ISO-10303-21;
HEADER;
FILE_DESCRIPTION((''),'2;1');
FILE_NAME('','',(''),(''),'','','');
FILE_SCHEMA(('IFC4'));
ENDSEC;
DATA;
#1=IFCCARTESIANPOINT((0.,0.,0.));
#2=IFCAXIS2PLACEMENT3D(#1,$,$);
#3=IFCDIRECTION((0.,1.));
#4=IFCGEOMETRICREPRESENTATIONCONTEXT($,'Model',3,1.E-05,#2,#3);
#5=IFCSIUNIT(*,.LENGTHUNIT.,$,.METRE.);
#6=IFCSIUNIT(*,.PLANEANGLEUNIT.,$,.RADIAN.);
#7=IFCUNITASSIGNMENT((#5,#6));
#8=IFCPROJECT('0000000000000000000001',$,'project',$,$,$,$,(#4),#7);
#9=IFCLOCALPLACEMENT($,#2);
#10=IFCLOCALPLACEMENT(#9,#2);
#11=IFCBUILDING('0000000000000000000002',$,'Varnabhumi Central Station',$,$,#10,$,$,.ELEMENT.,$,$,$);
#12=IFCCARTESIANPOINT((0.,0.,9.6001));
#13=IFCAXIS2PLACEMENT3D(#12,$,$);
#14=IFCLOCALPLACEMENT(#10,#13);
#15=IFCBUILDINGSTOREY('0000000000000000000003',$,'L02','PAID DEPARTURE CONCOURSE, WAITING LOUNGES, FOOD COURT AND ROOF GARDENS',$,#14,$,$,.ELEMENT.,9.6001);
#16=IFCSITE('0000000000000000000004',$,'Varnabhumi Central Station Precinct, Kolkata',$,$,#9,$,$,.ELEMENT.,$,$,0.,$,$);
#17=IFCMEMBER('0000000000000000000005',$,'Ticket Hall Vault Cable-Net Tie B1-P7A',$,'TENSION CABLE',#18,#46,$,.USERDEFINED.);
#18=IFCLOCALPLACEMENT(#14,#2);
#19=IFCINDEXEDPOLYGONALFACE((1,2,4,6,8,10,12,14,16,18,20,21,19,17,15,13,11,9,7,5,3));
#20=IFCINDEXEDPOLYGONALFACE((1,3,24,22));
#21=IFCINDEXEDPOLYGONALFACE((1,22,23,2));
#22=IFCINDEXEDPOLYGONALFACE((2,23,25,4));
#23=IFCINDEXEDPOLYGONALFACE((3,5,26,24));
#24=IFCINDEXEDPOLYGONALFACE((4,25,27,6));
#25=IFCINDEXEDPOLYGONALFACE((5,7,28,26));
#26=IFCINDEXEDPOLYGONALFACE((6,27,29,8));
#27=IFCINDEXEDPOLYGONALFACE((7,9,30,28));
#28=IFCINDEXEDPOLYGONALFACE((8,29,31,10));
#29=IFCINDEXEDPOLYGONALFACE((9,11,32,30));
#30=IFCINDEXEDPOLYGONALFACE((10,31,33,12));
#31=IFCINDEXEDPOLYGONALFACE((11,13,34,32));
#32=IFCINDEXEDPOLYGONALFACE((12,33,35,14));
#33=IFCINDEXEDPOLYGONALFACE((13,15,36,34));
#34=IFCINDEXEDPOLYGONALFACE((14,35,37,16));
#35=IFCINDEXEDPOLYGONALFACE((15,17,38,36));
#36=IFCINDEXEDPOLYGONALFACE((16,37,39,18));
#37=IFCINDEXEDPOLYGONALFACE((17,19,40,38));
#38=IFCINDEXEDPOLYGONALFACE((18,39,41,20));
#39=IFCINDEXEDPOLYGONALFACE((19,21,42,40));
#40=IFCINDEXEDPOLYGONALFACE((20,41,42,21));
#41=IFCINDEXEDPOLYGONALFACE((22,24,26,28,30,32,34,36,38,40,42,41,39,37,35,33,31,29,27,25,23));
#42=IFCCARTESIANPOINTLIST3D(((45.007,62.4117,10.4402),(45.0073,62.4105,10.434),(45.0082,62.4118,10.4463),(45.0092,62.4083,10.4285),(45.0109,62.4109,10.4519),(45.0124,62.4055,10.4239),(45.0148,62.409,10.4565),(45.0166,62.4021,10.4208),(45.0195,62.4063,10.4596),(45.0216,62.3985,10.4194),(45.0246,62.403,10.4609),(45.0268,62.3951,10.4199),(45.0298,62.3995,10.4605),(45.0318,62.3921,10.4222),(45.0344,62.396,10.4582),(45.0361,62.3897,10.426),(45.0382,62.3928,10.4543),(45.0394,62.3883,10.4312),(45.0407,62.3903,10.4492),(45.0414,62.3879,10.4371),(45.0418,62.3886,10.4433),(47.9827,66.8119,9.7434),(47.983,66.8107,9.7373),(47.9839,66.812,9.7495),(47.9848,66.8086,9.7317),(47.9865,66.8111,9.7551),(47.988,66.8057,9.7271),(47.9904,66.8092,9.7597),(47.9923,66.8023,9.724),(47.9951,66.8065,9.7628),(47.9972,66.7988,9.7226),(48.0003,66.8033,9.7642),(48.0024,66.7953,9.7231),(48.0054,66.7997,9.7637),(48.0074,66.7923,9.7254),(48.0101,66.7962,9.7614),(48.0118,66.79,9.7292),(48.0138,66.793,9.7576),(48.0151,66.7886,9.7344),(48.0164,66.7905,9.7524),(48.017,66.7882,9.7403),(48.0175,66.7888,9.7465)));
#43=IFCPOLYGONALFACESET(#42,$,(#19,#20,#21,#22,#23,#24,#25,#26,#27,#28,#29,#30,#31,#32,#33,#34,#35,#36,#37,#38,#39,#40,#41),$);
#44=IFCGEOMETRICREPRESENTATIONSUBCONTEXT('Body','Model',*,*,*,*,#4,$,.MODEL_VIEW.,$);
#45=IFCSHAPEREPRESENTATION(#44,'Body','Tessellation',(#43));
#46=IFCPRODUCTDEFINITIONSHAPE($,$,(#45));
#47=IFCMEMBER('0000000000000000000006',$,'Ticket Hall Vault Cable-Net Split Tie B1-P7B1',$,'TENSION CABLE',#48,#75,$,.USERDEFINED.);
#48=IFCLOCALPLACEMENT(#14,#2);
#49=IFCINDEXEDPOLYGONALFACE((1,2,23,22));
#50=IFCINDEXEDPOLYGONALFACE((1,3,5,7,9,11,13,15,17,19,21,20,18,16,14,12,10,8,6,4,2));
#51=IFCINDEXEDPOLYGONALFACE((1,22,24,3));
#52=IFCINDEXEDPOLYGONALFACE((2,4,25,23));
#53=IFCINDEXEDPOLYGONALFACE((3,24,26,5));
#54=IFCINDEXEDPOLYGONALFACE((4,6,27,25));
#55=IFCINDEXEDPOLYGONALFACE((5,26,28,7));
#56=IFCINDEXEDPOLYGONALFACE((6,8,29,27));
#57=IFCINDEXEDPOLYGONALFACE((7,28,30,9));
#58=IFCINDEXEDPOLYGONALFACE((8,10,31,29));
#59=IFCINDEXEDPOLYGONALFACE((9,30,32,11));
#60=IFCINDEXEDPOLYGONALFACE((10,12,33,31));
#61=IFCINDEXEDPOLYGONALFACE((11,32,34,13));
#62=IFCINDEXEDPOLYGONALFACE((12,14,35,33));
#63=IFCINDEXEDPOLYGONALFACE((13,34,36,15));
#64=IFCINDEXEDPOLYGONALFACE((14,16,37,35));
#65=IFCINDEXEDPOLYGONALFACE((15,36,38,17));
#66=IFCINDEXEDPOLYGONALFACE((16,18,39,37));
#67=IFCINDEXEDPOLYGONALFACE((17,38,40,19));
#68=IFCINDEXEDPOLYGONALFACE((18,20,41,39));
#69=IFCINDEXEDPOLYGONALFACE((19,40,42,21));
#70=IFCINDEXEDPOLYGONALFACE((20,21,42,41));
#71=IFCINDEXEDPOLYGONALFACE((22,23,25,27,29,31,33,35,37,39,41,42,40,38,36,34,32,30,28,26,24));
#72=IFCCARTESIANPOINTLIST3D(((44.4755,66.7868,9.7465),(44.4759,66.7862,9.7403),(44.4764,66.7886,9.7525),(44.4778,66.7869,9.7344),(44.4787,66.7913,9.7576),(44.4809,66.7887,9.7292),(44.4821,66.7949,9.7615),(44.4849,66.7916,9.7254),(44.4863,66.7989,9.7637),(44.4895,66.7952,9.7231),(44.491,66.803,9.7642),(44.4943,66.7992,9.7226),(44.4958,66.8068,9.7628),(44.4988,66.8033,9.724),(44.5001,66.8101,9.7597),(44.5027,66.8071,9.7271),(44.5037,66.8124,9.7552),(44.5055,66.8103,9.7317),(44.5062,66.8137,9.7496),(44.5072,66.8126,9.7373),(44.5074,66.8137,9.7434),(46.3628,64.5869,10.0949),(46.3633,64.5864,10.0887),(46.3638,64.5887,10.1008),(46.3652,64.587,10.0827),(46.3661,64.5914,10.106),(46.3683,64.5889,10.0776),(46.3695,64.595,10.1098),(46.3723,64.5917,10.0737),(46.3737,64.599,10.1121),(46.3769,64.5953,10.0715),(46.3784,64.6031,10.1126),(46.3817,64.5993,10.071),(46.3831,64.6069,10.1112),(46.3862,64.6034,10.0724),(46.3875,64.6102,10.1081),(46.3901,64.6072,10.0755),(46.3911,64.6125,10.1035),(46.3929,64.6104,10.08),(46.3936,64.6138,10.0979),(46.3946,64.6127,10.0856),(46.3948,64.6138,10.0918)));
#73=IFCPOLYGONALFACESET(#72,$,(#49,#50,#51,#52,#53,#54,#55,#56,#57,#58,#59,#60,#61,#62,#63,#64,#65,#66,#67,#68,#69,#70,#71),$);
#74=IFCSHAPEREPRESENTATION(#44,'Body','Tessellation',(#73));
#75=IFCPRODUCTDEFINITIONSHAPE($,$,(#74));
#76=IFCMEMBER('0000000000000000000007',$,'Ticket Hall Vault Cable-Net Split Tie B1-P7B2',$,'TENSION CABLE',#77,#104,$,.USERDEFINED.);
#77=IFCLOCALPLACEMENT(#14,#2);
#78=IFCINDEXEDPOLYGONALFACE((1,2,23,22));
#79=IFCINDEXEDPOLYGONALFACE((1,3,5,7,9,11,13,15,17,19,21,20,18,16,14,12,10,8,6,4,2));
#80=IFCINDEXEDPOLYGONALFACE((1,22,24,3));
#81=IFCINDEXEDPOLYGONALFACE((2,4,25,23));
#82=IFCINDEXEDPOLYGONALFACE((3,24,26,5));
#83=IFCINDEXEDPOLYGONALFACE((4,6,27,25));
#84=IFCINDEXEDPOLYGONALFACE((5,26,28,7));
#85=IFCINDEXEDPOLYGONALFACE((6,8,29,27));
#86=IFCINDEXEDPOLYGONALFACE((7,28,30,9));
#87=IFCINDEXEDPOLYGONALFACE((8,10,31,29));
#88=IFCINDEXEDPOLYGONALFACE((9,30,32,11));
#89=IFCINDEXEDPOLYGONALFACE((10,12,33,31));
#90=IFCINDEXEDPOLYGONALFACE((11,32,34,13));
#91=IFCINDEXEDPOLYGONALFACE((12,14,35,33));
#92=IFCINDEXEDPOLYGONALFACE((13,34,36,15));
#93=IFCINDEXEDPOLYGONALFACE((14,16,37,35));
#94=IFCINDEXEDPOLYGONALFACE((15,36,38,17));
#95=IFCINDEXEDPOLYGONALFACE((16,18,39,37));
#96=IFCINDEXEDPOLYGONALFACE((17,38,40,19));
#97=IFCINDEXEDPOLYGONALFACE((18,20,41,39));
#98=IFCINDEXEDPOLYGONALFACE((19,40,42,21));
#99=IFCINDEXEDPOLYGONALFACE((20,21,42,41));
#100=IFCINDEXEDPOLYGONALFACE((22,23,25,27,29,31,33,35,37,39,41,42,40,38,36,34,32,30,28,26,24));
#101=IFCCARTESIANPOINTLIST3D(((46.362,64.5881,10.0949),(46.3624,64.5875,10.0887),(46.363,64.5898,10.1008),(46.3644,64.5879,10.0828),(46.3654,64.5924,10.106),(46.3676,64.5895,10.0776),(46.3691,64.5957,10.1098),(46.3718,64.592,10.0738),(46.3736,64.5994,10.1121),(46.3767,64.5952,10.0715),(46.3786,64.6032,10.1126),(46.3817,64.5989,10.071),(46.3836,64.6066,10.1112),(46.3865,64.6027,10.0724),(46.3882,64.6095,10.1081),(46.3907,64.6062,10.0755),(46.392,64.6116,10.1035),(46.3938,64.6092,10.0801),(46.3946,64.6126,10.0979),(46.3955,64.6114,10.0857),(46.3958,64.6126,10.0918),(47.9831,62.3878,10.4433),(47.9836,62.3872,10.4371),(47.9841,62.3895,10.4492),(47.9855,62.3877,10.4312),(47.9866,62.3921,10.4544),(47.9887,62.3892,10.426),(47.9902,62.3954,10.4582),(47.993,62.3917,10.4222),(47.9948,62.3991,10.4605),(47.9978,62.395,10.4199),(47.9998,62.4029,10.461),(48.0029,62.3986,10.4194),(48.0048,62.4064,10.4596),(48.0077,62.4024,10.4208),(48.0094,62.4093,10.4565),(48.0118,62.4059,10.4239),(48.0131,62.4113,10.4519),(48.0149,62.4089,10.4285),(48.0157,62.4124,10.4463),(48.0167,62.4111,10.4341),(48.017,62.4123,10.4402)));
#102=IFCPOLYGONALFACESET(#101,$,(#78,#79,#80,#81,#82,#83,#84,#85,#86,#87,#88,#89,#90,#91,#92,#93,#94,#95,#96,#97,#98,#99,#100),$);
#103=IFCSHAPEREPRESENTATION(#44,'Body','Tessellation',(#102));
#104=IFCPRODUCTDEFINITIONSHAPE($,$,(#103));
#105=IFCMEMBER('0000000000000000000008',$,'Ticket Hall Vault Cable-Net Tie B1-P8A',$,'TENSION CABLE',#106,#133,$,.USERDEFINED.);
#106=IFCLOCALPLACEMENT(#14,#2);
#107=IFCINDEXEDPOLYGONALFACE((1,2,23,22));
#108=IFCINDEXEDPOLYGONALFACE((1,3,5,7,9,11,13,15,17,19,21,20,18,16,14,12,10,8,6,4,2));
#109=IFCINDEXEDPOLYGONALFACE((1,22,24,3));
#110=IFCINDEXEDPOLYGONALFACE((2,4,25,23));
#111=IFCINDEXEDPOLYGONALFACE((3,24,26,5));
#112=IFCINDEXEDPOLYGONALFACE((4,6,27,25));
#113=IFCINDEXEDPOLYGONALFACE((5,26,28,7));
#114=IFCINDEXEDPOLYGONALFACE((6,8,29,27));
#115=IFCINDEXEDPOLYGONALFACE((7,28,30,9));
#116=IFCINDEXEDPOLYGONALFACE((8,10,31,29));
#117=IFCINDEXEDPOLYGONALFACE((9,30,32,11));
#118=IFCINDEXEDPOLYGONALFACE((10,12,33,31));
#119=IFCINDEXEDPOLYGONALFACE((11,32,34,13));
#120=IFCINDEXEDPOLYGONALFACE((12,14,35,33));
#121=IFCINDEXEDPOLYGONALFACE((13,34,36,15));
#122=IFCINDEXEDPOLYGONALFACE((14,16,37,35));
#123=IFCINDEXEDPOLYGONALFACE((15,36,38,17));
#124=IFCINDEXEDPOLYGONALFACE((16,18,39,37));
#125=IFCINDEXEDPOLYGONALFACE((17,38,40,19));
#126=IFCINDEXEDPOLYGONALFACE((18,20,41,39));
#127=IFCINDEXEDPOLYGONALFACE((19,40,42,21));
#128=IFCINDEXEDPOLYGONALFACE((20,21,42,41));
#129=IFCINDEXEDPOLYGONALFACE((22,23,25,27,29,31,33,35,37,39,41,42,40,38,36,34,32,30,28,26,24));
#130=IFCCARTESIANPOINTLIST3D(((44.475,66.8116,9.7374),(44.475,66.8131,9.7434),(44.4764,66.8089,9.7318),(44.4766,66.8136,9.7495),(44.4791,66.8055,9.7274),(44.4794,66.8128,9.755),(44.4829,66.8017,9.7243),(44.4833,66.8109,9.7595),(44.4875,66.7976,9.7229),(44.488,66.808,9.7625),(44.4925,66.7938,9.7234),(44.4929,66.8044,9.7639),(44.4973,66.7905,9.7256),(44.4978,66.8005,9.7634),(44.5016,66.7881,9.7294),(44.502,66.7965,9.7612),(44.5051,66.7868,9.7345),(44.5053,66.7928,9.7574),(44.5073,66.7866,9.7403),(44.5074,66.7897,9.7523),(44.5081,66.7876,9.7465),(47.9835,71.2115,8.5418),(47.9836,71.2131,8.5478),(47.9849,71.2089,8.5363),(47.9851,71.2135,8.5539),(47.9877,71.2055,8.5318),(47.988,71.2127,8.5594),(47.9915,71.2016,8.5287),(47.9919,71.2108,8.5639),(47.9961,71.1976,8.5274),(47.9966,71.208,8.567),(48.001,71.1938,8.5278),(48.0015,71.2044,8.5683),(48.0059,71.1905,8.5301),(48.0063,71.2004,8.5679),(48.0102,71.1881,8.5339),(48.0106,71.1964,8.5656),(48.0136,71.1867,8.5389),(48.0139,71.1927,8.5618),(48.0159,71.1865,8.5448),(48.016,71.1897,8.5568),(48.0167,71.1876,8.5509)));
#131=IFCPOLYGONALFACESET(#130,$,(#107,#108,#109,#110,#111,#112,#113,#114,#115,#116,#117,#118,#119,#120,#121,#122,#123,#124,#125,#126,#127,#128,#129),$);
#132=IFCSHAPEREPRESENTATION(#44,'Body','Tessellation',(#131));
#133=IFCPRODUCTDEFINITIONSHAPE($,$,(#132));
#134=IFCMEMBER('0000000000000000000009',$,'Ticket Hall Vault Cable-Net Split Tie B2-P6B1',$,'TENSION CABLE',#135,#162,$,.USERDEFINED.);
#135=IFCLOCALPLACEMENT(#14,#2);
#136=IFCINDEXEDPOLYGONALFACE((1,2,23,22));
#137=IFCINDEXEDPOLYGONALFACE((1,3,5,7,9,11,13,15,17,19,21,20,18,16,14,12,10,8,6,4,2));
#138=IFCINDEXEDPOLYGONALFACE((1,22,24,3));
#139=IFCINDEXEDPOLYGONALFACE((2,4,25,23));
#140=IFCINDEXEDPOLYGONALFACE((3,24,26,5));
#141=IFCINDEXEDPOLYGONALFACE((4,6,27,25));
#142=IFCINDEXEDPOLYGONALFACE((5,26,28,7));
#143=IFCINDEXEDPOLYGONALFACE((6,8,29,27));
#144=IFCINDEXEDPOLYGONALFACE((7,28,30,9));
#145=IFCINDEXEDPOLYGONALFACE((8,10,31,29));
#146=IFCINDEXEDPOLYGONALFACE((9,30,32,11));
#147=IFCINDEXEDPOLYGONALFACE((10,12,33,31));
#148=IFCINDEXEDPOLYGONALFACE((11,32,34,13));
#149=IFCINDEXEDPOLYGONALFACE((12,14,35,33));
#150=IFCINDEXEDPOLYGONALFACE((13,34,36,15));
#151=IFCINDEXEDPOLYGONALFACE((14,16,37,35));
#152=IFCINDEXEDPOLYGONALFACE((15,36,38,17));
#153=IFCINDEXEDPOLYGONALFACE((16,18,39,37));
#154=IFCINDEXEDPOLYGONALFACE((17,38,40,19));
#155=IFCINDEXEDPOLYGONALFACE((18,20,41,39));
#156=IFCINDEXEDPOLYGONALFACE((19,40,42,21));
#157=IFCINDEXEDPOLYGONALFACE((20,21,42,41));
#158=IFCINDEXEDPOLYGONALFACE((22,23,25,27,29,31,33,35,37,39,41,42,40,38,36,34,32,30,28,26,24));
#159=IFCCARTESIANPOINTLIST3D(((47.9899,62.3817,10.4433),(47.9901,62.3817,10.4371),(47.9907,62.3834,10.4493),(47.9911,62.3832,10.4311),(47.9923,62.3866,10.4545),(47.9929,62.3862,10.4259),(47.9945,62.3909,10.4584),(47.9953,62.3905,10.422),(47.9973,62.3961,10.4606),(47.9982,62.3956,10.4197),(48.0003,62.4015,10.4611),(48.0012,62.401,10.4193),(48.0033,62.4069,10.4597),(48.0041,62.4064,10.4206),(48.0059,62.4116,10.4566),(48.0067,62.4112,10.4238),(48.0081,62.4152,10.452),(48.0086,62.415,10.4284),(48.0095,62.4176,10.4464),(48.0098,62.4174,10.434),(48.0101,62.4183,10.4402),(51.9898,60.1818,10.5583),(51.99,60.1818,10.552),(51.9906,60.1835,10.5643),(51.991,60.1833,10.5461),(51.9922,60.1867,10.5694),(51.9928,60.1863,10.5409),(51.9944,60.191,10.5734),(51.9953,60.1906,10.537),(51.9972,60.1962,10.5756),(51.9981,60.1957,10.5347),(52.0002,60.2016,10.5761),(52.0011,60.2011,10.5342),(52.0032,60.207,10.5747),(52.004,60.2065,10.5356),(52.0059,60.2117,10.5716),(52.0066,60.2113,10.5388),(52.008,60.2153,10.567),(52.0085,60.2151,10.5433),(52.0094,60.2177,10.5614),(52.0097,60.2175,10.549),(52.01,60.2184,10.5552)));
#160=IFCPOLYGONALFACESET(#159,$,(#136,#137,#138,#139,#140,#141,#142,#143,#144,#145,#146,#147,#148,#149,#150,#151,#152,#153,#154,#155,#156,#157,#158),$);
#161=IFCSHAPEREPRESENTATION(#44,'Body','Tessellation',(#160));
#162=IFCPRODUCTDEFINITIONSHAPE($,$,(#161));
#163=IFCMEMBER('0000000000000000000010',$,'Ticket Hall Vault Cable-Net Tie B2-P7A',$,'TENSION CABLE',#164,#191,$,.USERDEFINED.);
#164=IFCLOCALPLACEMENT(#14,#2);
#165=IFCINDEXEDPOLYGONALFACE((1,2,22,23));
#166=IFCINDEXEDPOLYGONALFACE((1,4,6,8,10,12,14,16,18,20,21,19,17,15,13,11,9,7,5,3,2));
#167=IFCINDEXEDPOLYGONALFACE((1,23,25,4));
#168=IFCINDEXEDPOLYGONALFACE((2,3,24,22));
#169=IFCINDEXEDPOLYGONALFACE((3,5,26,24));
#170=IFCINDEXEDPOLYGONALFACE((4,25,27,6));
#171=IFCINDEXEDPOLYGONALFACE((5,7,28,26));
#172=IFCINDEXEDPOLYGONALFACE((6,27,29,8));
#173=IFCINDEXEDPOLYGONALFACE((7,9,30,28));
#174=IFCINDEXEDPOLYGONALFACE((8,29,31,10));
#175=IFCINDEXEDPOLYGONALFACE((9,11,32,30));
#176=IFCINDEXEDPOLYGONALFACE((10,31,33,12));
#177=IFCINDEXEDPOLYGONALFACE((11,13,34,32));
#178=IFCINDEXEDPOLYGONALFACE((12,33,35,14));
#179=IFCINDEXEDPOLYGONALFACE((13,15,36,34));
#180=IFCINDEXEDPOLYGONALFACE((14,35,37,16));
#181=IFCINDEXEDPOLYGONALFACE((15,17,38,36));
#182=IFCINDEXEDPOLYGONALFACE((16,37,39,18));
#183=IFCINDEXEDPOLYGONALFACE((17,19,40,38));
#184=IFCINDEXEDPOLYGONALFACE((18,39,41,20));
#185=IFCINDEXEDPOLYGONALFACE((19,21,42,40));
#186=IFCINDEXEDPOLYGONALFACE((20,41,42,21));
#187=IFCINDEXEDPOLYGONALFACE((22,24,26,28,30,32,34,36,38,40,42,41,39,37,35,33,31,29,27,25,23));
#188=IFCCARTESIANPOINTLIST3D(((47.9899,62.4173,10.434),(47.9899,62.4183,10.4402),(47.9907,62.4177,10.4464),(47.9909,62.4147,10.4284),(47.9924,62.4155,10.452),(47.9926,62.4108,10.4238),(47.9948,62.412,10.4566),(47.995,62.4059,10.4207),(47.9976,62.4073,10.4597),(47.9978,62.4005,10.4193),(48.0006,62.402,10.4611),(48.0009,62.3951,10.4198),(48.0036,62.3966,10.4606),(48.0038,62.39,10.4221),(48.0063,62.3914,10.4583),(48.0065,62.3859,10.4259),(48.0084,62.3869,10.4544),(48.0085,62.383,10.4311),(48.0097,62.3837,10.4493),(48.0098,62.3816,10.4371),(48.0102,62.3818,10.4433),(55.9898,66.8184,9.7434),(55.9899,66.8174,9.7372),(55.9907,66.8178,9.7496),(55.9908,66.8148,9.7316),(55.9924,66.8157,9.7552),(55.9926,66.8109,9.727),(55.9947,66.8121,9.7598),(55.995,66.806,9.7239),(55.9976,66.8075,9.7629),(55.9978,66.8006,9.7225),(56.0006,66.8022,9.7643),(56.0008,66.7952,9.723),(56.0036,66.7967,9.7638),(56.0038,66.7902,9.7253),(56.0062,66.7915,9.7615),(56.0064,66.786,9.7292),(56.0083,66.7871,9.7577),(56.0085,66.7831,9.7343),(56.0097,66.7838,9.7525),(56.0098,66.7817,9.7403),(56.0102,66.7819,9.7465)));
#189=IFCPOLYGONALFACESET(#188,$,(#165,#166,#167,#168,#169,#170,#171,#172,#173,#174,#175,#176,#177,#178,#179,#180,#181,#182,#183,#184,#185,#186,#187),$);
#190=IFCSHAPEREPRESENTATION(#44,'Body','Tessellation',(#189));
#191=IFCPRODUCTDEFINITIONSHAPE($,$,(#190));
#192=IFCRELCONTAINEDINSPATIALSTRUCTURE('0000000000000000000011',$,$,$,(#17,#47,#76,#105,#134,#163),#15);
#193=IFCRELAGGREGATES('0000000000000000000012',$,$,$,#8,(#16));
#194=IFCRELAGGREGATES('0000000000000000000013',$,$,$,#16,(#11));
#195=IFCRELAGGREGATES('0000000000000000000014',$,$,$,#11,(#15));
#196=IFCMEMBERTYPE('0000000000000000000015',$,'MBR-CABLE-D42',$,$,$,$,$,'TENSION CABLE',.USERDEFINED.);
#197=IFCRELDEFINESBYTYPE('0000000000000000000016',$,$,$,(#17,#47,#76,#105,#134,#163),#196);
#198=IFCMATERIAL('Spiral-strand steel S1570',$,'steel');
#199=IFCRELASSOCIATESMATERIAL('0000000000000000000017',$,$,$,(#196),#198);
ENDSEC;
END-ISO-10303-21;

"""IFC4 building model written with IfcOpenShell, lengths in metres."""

from ifc_helpers import new_model, si_unit, direction, frame, origin, origin_2d, place, context, subcontext, project, spatial, circle, extrude, material, material_profile, profile_set, type_object, element, save


model = new_model("IFC4")

# Units and contexts
model_context = context("Model", 3, precision=1e-05, world=origin(), true_north=direction((0.0, 1.0)))
body_context = subcontext(model_context, "Body", "Model", "MODEL_VIEW")
ifc_project = project(units=[si_unit("LENGTHUNIT", "METRE"), si_unit("PLANEANGLEUNIT", "RADIAN")], contexts=[model_context])

# Site, building, storey
site_placement = place(None, origin())
site = spatial("IfcSite", under=ifc_project, at=site_placement, Name="Varnabhumi Central Station Precinct, Kolkata", CompositionType="ELEMENT", RefElevation=0.0)
building_placement = place(site_placement, origin())
building = spatial("IfcBuilding", under=site, at=building_placement, Name="Varnabhumi Central Station", CompositionType="ELEMENT")
storey_placement = place(building_placement, frame((0.0, 0.0, 9.6001)))
storey = spatial("IfcBuildingStorey", under=building, at=storey_placement, Name="L02", Description="PAID DEPARTURE CONCOURSE, WAITING LOUNGES, FOOD COURT AND ROOF GARDENS", CompositionType="ELEMENT", Elevation=9.6001)

# Members
ifc_material_1 = material(Name="Spiral-strand steel S1570", Category="steel")
ifc_material_profile_1 = material_profile(ifc_material_1, circle(Radius=0.021, at=origin_2d()), Name="Spiral-strand steel S1570", Category="steel")
ifc_profile_set_1 = profile_set([ifc_material_profile_1], Name="Spiral-strand steel S1570")
member_type_1 = type_object("IfcMemberType", Name="MBR-CABLE-D42", ElementType="TENSION CABLE", PredefinedType="USERDEFINED", material=ifc_profile_set_1)
member_1_placement = place(storey_placement, frame((45.0244, 62.3999, 10.4402), z_axis=(0.555424, 0.821333, -0.130061), x_axis=(-0.828369, 0.560182, 0.0)))
element("IfcMember", 1, at=member_1_placement, inside=storey, type_object=member_type_1, Name="Ticket Hall Vault Cable-Net Tie B1-P7A", ObjectType="TENSION CABLE", PredefinedType="USERDEFINED", context=body_context, shape_type="SweptSolid", body=[
    extrude(circle(Radius=0.021, at=origin_2d()), origin(), (0.0, 0.0, 1.0), 5.3574),
])
member_2_placement = place(storey_placement, frame((44.4915, 66.8, 9.7434), z_axis=(0.646492, -0.75353, 0.119331), x_axis=(0.758953, 0.651145, 0.0)))
element("IfcMember", 2, at=member_2_placement, inside=storey, type_object=member_type_1, Name="Ticket Hall Vault Cable-Net Split Tie B1-P7B1", ObjectType="TENSION CABLE", PredefinedType="USERDEFINED", context=body_context, shape_type="SweptSolid", body=[
    extrude(circle(Radius=0.021, at=origin_2d()), origin(), (0.0, 0.0, 1.0), 2.9194),
])
member_3_placement = place(storey_placement, frame((46.3789, 64.6001, 10.0918), z_axis=(0.588413, -0.798611, 0.126456), x_axis=(0.805074, 0.593175, 0.0)))
element("IfcMember", 3, at=member_3_placement, inside=storey, type_object=member_type_1, Name="Ticket Hall Vault Cable-Net Split Tie B1-P7B2", ObjectType="TENSION CABLE", PredefinedType="USERDEFINED", context=body_context, shape_type="SweptSolid", body=[
    extrude(circle(Radius=0.021, at=origin_2d()), origin(), (0.0, 0.0, 1.0), 2.7551),
])
member_4_placement = place(storey_placement, frame((44.4915, 66.8, 9.7434), z_axis=(0.609851, 0.764785, -0.20781), x_axis=(-0.781854, 0.623462, 0.0)))
element("IfcMember", 4, at=member_4_placement, inside=storey, type_object=member_type_1, Name="Ticket Hall Vault Cable-Net Tie B1-P8A", ObjectType="TENSION CABLE", PredefinedType="USERDEFINED", context=body_context, shape_type="SweptSolid", body=[
    extrude(circle(Radius=0.021, at=origin_2d()), origin(), (0.0, 0.0, 1.0), 5.7532),
])
member_5_placement = place(storey_placement, frame((48.0, 62.3999, 10.4402), z_axis=(0.875943, -0.481758, 0.025181), x_axis=(0.481911, 0.87622, 0.0)))
element("IfcMember", 5, at=member_5_placement, inside=storey, type_object=member_type_1, Name="Ticket Hall Vault Cable-Net Split Tie B2-P6B1", ObjectType="TENSION CABLE", PredefinedType="USERDEFINED", context=body_context, shape_type="SweptSolid", body=[
    extrude(circle(Radius=0.021, at=origin_2d()), origin(), (0.0, 0.0, 1.0), 4.5664),
])
member_6_placement = place(storey_placement, frame((48.0, 62.3999, 10.4402), z_axis=(0.873669, 0.480534, -0.076094), x_axis=(-0.481931, 0.876209, 0.0)))
element("IfcMember", 6, at=member_6_placement, inside=storey, type_object=member_type_1, Name="Ticket Hall Vault Cable-Net Tie B2-P7A", ObjectType="TENSION CABLE", PredefinedType="USERDEFINED", context=body_context, shape_type="SweptSolid", body=[
    extrude(circle(Radius=0.021, at=origin_2d()), origin(), (0.0, 0.0, 1.0), 9.1567),
])

save(model, "model.ifc")
